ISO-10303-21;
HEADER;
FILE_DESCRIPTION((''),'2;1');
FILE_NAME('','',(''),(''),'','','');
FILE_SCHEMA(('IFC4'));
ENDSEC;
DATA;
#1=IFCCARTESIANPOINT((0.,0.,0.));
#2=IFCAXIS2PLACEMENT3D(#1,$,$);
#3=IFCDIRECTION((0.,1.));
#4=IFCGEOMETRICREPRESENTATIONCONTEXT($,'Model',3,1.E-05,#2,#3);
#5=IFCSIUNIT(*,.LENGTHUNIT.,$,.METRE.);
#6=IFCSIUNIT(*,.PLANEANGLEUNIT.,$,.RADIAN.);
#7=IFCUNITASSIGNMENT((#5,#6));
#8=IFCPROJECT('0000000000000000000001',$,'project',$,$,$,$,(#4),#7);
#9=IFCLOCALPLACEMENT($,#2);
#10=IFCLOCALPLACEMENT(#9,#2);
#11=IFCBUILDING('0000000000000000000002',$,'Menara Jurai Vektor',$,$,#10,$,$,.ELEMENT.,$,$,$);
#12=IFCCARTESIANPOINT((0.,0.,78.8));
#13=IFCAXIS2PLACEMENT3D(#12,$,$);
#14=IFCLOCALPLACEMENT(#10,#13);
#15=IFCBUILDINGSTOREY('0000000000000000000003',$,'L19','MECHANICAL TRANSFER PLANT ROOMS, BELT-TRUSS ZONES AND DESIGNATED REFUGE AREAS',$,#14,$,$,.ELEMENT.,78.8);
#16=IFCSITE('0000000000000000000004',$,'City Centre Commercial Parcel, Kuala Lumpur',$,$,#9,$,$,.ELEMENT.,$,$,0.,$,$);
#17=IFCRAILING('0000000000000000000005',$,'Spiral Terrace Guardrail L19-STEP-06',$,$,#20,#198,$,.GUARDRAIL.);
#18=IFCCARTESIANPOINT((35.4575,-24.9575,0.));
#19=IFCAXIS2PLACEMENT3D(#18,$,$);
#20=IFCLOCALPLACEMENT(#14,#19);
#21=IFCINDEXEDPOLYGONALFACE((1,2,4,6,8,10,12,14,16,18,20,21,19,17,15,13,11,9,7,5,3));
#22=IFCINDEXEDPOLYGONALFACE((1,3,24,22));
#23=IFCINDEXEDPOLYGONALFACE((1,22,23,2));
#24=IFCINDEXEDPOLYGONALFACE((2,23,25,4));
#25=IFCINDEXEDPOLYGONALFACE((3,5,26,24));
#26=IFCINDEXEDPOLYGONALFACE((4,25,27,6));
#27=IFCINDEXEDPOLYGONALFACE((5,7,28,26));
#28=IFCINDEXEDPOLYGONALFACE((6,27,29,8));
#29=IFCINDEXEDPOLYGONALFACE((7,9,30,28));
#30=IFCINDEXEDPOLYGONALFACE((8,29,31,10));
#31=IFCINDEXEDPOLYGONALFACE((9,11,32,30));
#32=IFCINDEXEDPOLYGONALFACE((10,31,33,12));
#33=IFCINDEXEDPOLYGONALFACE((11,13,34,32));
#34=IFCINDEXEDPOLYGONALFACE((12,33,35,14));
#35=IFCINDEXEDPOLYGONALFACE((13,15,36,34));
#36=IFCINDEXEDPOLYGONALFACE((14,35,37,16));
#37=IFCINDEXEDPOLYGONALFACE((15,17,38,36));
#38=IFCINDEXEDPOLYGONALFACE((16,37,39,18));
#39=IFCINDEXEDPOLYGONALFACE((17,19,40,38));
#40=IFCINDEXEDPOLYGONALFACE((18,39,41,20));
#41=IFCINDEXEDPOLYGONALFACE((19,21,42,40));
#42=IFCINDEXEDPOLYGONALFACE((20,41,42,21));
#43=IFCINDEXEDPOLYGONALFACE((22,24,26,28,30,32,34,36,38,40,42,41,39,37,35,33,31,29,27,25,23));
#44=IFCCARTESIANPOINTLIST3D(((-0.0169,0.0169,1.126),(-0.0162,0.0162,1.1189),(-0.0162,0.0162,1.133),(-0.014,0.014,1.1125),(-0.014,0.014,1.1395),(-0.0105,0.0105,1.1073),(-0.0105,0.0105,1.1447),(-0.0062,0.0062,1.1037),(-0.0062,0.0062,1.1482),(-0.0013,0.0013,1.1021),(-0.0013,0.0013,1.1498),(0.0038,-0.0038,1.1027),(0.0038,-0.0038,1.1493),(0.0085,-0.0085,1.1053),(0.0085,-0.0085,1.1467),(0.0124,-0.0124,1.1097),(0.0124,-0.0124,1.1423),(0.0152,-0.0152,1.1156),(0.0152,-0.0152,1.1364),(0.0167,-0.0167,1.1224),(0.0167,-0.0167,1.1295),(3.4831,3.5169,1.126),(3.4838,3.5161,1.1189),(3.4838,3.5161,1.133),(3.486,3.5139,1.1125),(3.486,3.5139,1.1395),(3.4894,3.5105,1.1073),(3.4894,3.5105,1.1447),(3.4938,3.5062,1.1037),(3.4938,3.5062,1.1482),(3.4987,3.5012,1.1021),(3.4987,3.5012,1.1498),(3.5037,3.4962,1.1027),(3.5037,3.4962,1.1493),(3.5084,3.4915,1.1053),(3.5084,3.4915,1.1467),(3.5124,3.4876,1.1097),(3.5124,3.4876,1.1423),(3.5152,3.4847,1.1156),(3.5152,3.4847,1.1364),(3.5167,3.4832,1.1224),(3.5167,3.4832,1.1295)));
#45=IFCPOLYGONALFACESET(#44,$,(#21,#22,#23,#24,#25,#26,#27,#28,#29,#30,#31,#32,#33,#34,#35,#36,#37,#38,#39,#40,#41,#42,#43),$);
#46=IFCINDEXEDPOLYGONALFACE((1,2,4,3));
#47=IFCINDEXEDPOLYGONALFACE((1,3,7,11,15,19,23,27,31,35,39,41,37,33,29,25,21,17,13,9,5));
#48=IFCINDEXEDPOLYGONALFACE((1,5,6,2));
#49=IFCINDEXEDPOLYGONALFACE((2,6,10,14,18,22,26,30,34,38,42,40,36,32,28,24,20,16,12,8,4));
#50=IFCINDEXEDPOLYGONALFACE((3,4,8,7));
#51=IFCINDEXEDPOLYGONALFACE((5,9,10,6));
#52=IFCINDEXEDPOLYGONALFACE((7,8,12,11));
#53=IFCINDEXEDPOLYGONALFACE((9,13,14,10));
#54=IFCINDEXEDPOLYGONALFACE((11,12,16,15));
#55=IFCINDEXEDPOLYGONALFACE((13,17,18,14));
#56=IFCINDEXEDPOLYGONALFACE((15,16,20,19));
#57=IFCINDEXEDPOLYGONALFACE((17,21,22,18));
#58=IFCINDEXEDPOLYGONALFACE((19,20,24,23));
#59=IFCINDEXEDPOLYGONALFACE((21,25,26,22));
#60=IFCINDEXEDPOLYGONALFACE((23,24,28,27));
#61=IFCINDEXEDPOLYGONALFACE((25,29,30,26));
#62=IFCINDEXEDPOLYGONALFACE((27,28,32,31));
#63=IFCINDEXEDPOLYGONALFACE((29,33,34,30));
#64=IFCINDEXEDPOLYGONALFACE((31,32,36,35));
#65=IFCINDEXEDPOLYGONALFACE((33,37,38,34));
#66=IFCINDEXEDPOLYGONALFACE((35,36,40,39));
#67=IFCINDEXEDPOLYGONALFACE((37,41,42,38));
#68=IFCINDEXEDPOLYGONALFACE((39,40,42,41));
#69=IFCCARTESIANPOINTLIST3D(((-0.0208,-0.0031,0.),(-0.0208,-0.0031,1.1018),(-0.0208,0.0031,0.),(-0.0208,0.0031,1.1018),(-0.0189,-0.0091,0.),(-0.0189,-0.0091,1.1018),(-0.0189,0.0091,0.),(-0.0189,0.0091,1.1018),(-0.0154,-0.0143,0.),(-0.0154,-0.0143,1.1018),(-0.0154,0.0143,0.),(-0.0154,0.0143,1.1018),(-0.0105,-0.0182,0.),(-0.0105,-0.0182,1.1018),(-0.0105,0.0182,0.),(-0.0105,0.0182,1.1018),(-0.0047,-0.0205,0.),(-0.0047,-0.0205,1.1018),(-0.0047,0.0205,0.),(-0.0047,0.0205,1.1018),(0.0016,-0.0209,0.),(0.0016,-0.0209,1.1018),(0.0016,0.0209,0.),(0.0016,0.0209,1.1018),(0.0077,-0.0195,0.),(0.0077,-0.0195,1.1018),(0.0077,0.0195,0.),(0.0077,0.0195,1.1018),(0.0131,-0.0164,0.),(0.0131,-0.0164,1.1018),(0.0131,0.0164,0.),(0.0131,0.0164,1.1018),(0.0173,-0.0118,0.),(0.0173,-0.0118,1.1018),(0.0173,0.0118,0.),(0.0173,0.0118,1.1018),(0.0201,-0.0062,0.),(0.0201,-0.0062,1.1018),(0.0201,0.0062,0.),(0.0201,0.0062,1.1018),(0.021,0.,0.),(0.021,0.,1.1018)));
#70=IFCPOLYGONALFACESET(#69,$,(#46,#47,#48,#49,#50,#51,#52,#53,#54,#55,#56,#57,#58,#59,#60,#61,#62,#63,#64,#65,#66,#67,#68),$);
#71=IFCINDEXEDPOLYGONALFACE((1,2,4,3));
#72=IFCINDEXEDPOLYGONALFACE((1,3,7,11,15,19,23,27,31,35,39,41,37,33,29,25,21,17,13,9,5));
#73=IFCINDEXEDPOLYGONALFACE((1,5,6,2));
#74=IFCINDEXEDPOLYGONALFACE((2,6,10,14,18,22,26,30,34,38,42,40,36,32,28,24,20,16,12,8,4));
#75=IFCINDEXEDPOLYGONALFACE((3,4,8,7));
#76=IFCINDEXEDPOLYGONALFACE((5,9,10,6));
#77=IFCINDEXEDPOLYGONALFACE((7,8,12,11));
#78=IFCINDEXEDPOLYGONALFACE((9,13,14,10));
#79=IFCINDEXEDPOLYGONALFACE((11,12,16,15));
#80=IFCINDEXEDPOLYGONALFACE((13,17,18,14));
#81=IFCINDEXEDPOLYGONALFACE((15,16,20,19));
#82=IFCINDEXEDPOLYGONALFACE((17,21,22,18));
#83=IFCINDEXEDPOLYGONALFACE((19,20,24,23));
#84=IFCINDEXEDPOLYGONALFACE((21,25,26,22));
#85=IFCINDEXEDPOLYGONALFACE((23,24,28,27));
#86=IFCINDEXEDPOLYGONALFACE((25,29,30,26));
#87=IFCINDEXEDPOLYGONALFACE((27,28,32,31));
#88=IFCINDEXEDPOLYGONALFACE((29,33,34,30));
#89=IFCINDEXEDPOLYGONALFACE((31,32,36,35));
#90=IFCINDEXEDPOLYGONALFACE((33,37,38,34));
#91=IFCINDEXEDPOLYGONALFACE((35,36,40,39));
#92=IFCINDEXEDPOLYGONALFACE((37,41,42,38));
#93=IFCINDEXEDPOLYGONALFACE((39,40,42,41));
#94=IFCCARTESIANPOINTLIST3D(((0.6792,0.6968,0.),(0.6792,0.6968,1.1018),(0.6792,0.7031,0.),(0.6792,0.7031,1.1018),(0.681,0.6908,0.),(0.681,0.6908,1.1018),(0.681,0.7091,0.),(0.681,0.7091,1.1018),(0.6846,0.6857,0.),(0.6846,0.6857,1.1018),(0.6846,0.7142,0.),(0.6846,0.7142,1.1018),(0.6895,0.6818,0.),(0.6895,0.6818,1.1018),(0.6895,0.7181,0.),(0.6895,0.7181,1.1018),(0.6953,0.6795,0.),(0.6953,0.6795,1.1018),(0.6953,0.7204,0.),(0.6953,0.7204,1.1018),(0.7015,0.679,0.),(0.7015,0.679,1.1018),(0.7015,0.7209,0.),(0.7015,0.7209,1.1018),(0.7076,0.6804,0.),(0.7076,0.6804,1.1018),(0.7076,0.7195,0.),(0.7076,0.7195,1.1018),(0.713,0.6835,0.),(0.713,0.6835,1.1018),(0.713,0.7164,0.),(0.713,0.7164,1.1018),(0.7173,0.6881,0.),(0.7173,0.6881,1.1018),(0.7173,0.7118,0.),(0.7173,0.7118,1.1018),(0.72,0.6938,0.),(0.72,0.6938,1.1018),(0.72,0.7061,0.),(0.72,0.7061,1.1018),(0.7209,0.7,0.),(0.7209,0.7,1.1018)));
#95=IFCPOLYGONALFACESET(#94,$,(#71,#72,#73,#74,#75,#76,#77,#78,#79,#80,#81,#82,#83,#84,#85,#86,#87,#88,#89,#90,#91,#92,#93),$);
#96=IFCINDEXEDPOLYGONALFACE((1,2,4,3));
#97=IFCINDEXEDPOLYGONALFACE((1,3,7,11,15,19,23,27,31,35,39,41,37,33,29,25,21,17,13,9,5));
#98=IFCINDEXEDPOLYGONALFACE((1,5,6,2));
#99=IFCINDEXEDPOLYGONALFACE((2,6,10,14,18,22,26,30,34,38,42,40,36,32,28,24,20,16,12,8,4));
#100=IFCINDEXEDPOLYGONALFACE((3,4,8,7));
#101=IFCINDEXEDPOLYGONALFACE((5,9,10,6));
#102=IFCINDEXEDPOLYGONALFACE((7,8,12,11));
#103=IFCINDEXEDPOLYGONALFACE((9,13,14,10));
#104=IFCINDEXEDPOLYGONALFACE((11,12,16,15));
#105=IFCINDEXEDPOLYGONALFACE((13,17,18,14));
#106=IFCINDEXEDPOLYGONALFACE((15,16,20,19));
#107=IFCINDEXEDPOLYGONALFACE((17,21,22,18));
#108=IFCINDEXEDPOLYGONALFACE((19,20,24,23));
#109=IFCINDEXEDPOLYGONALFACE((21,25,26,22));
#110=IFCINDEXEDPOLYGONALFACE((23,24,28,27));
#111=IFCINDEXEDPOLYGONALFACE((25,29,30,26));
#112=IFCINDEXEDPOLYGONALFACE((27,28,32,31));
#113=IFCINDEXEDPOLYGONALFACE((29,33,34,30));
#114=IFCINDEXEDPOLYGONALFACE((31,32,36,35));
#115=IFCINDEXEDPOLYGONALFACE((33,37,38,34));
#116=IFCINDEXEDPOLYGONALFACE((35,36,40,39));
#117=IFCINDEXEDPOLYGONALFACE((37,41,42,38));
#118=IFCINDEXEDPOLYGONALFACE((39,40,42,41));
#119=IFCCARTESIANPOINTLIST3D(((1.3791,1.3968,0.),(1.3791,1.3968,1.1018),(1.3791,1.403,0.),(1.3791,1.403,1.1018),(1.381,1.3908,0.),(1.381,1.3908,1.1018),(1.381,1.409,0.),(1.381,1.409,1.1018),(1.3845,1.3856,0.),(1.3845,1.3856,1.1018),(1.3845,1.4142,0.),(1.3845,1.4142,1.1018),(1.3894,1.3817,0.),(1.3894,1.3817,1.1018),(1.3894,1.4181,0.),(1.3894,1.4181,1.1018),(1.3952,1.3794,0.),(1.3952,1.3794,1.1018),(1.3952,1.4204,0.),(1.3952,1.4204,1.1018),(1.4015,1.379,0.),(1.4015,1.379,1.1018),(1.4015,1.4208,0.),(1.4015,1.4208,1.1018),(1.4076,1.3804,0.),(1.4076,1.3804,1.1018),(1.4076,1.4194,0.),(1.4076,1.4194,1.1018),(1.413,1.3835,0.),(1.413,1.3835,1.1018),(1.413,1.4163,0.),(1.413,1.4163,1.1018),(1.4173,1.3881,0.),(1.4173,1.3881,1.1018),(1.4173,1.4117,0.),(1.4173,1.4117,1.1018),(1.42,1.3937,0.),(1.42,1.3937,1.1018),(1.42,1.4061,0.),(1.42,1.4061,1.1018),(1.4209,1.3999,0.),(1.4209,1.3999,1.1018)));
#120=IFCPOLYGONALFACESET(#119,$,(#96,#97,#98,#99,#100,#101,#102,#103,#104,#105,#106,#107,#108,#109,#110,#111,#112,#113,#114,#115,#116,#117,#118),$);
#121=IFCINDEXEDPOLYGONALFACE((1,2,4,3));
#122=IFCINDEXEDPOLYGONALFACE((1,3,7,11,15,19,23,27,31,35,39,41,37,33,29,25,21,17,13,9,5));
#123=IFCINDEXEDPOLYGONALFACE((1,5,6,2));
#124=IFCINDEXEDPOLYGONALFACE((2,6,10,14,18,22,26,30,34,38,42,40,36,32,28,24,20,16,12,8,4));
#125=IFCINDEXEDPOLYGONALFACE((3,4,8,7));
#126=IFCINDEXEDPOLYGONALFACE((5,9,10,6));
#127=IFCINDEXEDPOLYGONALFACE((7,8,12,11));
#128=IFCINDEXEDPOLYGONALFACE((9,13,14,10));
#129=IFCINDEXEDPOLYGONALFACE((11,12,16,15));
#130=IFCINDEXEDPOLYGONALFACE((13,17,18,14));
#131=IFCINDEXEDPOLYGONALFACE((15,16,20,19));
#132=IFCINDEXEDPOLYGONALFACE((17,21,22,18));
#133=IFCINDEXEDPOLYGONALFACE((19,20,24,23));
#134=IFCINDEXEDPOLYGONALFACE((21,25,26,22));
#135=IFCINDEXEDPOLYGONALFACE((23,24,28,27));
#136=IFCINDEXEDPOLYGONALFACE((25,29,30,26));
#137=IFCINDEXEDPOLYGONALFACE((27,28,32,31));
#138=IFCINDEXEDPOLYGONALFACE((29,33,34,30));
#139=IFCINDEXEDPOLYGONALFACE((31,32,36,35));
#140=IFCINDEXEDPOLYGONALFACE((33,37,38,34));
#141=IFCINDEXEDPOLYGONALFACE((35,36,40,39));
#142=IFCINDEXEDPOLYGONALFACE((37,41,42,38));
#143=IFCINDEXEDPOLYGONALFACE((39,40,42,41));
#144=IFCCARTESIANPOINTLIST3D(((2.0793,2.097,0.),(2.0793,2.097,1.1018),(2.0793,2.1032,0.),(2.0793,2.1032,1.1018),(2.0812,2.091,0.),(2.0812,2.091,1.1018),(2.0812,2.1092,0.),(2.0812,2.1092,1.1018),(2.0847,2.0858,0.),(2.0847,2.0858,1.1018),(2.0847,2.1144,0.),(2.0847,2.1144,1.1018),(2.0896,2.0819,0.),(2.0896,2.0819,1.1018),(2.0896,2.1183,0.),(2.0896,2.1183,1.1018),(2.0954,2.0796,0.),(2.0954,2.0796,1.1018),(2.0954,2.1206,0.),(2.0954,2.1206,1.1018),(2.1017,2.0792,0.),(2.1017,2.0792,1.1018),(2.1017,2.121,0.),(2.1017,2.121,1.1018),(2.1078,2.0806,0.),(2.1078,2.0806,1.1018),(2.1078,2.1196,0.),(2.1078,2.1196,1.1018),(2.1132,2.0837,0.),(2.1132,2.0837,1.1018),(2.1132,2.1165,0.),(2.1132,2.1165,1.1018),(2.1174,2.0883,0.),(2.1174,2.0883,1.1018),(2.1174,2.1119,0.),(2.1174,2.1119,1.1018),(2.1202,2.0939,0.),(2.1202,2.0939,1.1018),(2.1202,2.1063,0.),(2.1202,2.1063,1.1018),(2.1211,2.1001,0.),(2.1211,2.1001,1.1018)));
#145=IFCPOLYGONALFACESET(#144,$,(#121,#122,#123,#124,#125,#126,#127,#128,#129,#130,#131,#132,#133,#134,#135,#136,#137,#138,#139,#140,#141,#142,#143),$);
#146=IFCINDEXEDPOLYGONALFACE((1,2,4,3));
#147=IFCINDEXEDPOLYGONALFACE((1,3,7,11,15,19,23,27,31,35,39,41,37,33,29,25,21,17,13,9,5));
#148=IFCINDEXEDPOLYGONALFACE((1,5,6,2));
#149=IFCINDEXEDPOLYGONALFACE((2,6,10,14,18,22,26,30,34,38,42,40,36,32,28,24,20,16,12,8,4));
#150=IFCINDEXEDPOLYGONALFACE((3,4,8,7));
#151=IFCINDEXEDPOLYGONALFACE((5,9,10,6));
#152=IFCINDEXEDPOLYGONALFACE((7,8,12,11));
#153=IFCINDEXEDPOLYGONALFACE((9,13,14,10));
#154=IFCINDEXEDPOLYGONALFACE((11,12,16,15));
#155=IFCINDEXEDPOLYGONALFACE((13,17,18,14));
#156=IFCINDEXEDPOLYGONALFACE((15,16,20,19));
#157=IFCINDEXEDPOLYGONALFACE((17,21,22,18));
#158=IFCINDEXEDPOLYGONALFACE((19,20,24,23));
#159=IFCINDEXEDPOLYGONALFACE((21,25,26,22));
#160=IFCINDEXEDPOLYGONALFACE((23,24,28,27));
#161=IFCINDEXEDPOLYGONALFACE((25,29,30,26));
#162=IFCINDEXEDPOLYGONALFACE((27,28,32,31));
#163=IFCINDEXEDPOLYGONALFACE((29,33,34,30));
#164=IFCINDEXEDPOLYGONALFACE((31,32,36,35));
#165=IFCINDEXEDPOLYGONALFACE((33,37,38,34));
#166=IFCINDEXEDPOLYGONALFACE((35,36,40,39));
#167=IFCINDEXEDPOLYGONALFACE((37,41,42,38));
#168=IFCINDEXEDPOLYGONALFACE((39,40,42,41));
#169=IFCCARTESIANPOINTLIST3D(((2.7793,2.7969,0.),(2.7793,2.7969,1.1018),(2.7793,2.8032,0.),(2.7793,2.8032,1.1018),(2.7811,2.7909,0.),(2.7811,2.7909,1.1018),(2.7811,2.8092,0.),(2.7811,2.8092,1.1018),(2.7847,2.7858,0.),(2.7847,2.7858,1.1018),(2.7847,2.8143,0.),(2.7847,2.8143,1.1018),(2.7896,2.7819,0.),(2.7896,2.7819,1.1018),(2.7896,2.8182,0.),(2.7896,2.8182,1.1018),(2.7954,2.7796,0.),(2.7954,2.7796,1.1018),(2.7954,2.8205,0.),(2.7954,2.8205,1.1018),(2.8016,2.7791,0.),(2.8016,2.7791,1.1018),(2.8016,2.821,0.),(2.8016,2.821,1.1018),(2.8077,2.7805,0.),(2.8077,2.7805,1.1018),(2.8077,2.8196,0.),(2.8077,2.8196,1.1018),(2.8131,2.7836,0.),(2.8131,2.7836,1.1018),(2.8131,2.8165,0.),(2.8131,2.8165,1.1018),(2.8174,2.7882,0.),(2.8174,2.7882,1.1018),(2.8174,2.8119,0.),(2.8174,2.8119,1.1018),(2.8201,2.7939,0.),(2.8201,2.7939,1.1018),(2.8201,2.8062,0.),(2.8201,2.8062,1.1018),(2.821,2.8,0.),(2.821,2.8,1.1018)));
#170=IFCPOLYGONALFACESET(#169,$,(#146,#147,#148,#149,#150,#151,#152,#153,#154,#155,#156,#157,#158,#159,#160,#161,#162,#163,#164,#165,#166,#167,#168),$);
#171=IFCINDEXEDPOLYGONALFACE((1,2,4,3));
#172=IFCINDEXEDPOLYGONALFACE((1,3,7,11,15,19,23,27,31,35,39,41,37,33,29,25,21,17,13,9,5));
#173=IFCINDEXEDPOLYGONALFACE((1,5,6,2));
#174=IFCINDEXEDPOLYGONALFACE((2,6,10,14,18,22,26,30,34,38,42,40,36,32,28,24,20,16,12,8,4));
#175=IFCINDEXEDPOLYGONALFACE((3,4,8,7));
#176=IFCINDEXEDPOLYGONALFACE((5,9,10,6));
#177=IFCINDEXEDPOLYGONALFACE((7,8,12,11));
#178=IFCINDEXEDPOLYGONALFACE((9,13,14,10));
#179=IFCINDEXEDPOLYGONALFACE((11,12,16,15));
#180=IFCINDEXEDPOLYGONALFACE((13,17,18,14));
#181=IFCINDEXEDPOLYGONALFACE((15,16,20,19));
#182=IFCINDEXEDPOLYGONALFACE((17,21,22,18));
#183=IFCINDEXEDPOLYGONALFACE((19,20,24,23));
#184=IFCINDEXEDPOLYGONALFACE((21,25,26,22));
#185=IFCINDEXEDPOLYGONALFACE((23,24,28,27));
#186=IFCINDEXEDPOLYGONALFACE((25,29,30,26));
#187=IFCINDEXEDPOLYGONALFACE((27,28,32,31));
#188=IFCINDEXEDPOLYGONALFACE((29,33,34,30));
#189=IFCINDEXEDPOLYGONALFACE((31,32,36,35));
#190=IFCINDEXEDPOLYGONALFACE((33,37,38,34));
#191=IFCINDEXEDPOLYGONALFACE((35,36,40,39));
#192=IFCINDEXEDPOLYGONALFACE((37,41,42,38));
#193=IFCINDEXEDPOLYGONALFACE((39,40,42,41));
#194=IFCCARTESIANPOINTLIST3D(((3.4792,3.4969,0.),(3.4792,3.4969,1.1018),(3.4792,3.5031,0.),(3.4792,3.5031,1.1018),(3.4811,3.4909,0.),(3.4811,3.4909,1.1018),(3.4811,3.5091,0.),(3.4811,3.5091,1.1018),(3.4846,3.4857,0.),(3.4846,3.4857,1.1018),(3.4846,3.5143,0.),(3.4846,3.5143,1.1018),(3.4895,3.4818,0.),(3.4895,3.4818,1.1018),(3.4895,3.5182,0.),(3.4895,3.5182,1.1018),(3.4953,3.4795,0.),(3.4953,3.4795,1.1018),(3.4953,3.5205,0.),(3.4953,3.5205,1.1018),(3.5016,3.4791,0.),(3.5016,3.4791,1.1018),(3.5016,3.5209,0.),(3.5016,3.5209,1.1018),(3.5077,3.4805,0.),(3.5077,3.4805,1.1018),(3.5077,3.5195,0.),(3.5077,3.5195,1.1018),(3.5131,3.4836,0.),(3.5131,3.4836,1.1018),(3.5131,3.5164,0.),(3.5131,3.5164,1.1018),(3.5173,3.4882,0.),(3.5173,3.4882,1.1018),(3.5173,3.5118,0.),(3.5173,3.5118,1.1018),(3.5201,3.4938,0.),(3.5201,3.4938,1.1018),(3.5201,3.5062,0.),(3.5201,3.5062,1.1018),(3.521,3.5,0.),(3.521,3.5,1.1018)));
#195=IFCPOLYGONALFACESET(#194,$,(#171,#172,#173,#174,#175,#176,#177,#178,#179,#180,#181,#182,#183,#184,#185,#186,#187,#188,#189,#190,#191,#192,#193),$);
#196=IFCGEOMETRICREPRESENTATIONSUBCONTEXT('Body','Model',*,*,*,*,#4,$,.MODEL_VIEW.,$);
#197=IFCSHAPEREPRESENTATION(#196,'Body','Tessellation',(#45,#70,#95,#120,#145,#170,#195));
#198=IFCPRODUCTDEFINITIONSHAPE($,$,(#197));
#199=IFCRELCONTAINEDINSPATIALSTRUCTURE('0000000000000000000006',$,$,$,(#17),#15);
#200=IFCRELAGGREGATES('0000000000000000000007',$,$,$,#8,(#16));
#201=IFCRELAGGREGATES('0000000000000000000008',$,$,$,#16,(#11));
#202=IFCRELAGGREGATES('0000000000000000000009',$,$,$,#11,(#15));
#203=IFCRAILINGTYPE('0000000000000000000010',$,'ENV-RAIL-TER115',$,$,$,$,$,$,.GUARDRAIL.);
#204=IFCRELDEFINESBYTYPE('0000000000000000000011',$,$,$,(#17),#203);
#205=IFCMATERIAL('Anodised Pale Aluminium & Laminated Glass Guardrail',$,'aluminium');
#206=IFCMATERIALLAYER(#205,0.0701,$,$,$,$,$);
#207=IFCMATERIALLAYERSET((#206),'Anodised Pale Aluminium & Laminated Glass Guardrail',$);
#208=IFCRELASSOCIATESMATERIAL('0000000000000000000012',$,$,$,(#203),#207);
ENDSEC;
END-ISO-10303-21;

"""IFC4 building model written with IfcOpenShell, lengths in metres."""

from ifc_helpers import new_model, si_unit, direction, frame, origin, origin_2d, place, context, subcontext, project, spatial, circle, extrude, material, layer, layer_set, type_object, element, save


model = new_model("IFC4")

# Units and contexts
model_context = context("Model", 3, precision=1e-05, world=origin(), true_north=direction((0.0, 1.0)))
body_context = subcontext(model_context, "Body", "Model", "MODEL_VIEW")
ifc_project = project(units=[si_unit("LENGTHUNIT", "METRE"), si_unit("PLANEANGLEUNIT", "RADIAN")], contexts=[model_context])

# Site, building, storey
site_placement = place(None, origin())
site = spatial("IfcSite", under=ifc_project, at=site_placement, Name="City Centre Commercial Parcel, Kuala Lumpur", CompositionType="ELEMENT", RefElevation=0.0)
building_placement = place(site_placement, origin())
building = spatial("IfcBuilding", under=site, at=building_placement, Name="Menara Jurai Vektor", CompositionType="ELEMENT")
storey_placement = place(building_placement, frame((0.0, 0.0, 78.8)))
storey = spatial("IfcBuildingStorey", under=building, at=storey_placement, Name="L19", Description="MECHANICAL TRANSFER PLANT ROOMS, BELT-TRUSS ZONES AND DESIGNATED REFUGE AREAS", CompositionType="ELEMENT", Elevation=78.8)

# Railing
ifc_material_1 = material(Name="Anodised Pale Aluminium & Laminated Glass Guardrail", Category="aluminium")
ifc_layer_1 = layer(ifc_material_1, 0.0701)
ifc_layer_set_1 = layer_set([ifc_layer_1], Name="Anodised Pale Aluminium & Laminated Glass Guardrail")
railing_type = type_object("IfcRailingType", Name="ENV-RAIL-TER115", PredefinedType="GUARDRAIL", material=ifc_layer_set_1)
railing_1_placement = place(storey_placement, frame((35.4575, -24.9575, 0.0)))
element("IfcRailing", 1, at=railing_1_placement, inside=storey, type_object=railing_type, Name="Spiral Terrace Guardrail L19-STEP-06", PredefinedType="GUARDRAIL", context=body_context, shape_type="SweptSolid", body=[
    extrude(circle(Radius=0.0239, at=origin_2d()), frame((0.0, 0.0, 1.126), z_axis=(0.707107, 0.707107, 0.0), x_axis=(-0.707107, 0.707107, 0.0)), (0.0, 0.0, 1.0), 4.9497),
    extrude(circle(Radius=0.021, at=origin_2d()), origin(), (0.0, 0.0, 1.0), 1.1018),
    extrude(circle(Radius=0.021, at=origin_2d()), frame((0.7, 0.7, 0.0)), (0.0, 0.0, 1.0), 1.1018),
    extrude(circle(Radius=0.021, at=origin_2d()), frame((1.3999, 1.3999, 0.0)), (0.0, 0.0, 1.0), 1.1018),
    extrude(circle(Radius=0.021, at=origin_2d()), frame((2.1001, 2.1001, 0.0)), (0.0, 0.0, 1.0), 1.1018),
    extrude(circle(Radius=0.021, at=origin_2d()), frame((2.8, 2.8, 0.0)), (0.0, 0.0, 1.0), 1.1018),
    extrude(circle(Radius=0.021, at=origin_2d()), frame((3.5, 3.5, 0.0)), (0.0, 0.0, 1.0), 1.1018),
])

save(model, "model.ifc")
